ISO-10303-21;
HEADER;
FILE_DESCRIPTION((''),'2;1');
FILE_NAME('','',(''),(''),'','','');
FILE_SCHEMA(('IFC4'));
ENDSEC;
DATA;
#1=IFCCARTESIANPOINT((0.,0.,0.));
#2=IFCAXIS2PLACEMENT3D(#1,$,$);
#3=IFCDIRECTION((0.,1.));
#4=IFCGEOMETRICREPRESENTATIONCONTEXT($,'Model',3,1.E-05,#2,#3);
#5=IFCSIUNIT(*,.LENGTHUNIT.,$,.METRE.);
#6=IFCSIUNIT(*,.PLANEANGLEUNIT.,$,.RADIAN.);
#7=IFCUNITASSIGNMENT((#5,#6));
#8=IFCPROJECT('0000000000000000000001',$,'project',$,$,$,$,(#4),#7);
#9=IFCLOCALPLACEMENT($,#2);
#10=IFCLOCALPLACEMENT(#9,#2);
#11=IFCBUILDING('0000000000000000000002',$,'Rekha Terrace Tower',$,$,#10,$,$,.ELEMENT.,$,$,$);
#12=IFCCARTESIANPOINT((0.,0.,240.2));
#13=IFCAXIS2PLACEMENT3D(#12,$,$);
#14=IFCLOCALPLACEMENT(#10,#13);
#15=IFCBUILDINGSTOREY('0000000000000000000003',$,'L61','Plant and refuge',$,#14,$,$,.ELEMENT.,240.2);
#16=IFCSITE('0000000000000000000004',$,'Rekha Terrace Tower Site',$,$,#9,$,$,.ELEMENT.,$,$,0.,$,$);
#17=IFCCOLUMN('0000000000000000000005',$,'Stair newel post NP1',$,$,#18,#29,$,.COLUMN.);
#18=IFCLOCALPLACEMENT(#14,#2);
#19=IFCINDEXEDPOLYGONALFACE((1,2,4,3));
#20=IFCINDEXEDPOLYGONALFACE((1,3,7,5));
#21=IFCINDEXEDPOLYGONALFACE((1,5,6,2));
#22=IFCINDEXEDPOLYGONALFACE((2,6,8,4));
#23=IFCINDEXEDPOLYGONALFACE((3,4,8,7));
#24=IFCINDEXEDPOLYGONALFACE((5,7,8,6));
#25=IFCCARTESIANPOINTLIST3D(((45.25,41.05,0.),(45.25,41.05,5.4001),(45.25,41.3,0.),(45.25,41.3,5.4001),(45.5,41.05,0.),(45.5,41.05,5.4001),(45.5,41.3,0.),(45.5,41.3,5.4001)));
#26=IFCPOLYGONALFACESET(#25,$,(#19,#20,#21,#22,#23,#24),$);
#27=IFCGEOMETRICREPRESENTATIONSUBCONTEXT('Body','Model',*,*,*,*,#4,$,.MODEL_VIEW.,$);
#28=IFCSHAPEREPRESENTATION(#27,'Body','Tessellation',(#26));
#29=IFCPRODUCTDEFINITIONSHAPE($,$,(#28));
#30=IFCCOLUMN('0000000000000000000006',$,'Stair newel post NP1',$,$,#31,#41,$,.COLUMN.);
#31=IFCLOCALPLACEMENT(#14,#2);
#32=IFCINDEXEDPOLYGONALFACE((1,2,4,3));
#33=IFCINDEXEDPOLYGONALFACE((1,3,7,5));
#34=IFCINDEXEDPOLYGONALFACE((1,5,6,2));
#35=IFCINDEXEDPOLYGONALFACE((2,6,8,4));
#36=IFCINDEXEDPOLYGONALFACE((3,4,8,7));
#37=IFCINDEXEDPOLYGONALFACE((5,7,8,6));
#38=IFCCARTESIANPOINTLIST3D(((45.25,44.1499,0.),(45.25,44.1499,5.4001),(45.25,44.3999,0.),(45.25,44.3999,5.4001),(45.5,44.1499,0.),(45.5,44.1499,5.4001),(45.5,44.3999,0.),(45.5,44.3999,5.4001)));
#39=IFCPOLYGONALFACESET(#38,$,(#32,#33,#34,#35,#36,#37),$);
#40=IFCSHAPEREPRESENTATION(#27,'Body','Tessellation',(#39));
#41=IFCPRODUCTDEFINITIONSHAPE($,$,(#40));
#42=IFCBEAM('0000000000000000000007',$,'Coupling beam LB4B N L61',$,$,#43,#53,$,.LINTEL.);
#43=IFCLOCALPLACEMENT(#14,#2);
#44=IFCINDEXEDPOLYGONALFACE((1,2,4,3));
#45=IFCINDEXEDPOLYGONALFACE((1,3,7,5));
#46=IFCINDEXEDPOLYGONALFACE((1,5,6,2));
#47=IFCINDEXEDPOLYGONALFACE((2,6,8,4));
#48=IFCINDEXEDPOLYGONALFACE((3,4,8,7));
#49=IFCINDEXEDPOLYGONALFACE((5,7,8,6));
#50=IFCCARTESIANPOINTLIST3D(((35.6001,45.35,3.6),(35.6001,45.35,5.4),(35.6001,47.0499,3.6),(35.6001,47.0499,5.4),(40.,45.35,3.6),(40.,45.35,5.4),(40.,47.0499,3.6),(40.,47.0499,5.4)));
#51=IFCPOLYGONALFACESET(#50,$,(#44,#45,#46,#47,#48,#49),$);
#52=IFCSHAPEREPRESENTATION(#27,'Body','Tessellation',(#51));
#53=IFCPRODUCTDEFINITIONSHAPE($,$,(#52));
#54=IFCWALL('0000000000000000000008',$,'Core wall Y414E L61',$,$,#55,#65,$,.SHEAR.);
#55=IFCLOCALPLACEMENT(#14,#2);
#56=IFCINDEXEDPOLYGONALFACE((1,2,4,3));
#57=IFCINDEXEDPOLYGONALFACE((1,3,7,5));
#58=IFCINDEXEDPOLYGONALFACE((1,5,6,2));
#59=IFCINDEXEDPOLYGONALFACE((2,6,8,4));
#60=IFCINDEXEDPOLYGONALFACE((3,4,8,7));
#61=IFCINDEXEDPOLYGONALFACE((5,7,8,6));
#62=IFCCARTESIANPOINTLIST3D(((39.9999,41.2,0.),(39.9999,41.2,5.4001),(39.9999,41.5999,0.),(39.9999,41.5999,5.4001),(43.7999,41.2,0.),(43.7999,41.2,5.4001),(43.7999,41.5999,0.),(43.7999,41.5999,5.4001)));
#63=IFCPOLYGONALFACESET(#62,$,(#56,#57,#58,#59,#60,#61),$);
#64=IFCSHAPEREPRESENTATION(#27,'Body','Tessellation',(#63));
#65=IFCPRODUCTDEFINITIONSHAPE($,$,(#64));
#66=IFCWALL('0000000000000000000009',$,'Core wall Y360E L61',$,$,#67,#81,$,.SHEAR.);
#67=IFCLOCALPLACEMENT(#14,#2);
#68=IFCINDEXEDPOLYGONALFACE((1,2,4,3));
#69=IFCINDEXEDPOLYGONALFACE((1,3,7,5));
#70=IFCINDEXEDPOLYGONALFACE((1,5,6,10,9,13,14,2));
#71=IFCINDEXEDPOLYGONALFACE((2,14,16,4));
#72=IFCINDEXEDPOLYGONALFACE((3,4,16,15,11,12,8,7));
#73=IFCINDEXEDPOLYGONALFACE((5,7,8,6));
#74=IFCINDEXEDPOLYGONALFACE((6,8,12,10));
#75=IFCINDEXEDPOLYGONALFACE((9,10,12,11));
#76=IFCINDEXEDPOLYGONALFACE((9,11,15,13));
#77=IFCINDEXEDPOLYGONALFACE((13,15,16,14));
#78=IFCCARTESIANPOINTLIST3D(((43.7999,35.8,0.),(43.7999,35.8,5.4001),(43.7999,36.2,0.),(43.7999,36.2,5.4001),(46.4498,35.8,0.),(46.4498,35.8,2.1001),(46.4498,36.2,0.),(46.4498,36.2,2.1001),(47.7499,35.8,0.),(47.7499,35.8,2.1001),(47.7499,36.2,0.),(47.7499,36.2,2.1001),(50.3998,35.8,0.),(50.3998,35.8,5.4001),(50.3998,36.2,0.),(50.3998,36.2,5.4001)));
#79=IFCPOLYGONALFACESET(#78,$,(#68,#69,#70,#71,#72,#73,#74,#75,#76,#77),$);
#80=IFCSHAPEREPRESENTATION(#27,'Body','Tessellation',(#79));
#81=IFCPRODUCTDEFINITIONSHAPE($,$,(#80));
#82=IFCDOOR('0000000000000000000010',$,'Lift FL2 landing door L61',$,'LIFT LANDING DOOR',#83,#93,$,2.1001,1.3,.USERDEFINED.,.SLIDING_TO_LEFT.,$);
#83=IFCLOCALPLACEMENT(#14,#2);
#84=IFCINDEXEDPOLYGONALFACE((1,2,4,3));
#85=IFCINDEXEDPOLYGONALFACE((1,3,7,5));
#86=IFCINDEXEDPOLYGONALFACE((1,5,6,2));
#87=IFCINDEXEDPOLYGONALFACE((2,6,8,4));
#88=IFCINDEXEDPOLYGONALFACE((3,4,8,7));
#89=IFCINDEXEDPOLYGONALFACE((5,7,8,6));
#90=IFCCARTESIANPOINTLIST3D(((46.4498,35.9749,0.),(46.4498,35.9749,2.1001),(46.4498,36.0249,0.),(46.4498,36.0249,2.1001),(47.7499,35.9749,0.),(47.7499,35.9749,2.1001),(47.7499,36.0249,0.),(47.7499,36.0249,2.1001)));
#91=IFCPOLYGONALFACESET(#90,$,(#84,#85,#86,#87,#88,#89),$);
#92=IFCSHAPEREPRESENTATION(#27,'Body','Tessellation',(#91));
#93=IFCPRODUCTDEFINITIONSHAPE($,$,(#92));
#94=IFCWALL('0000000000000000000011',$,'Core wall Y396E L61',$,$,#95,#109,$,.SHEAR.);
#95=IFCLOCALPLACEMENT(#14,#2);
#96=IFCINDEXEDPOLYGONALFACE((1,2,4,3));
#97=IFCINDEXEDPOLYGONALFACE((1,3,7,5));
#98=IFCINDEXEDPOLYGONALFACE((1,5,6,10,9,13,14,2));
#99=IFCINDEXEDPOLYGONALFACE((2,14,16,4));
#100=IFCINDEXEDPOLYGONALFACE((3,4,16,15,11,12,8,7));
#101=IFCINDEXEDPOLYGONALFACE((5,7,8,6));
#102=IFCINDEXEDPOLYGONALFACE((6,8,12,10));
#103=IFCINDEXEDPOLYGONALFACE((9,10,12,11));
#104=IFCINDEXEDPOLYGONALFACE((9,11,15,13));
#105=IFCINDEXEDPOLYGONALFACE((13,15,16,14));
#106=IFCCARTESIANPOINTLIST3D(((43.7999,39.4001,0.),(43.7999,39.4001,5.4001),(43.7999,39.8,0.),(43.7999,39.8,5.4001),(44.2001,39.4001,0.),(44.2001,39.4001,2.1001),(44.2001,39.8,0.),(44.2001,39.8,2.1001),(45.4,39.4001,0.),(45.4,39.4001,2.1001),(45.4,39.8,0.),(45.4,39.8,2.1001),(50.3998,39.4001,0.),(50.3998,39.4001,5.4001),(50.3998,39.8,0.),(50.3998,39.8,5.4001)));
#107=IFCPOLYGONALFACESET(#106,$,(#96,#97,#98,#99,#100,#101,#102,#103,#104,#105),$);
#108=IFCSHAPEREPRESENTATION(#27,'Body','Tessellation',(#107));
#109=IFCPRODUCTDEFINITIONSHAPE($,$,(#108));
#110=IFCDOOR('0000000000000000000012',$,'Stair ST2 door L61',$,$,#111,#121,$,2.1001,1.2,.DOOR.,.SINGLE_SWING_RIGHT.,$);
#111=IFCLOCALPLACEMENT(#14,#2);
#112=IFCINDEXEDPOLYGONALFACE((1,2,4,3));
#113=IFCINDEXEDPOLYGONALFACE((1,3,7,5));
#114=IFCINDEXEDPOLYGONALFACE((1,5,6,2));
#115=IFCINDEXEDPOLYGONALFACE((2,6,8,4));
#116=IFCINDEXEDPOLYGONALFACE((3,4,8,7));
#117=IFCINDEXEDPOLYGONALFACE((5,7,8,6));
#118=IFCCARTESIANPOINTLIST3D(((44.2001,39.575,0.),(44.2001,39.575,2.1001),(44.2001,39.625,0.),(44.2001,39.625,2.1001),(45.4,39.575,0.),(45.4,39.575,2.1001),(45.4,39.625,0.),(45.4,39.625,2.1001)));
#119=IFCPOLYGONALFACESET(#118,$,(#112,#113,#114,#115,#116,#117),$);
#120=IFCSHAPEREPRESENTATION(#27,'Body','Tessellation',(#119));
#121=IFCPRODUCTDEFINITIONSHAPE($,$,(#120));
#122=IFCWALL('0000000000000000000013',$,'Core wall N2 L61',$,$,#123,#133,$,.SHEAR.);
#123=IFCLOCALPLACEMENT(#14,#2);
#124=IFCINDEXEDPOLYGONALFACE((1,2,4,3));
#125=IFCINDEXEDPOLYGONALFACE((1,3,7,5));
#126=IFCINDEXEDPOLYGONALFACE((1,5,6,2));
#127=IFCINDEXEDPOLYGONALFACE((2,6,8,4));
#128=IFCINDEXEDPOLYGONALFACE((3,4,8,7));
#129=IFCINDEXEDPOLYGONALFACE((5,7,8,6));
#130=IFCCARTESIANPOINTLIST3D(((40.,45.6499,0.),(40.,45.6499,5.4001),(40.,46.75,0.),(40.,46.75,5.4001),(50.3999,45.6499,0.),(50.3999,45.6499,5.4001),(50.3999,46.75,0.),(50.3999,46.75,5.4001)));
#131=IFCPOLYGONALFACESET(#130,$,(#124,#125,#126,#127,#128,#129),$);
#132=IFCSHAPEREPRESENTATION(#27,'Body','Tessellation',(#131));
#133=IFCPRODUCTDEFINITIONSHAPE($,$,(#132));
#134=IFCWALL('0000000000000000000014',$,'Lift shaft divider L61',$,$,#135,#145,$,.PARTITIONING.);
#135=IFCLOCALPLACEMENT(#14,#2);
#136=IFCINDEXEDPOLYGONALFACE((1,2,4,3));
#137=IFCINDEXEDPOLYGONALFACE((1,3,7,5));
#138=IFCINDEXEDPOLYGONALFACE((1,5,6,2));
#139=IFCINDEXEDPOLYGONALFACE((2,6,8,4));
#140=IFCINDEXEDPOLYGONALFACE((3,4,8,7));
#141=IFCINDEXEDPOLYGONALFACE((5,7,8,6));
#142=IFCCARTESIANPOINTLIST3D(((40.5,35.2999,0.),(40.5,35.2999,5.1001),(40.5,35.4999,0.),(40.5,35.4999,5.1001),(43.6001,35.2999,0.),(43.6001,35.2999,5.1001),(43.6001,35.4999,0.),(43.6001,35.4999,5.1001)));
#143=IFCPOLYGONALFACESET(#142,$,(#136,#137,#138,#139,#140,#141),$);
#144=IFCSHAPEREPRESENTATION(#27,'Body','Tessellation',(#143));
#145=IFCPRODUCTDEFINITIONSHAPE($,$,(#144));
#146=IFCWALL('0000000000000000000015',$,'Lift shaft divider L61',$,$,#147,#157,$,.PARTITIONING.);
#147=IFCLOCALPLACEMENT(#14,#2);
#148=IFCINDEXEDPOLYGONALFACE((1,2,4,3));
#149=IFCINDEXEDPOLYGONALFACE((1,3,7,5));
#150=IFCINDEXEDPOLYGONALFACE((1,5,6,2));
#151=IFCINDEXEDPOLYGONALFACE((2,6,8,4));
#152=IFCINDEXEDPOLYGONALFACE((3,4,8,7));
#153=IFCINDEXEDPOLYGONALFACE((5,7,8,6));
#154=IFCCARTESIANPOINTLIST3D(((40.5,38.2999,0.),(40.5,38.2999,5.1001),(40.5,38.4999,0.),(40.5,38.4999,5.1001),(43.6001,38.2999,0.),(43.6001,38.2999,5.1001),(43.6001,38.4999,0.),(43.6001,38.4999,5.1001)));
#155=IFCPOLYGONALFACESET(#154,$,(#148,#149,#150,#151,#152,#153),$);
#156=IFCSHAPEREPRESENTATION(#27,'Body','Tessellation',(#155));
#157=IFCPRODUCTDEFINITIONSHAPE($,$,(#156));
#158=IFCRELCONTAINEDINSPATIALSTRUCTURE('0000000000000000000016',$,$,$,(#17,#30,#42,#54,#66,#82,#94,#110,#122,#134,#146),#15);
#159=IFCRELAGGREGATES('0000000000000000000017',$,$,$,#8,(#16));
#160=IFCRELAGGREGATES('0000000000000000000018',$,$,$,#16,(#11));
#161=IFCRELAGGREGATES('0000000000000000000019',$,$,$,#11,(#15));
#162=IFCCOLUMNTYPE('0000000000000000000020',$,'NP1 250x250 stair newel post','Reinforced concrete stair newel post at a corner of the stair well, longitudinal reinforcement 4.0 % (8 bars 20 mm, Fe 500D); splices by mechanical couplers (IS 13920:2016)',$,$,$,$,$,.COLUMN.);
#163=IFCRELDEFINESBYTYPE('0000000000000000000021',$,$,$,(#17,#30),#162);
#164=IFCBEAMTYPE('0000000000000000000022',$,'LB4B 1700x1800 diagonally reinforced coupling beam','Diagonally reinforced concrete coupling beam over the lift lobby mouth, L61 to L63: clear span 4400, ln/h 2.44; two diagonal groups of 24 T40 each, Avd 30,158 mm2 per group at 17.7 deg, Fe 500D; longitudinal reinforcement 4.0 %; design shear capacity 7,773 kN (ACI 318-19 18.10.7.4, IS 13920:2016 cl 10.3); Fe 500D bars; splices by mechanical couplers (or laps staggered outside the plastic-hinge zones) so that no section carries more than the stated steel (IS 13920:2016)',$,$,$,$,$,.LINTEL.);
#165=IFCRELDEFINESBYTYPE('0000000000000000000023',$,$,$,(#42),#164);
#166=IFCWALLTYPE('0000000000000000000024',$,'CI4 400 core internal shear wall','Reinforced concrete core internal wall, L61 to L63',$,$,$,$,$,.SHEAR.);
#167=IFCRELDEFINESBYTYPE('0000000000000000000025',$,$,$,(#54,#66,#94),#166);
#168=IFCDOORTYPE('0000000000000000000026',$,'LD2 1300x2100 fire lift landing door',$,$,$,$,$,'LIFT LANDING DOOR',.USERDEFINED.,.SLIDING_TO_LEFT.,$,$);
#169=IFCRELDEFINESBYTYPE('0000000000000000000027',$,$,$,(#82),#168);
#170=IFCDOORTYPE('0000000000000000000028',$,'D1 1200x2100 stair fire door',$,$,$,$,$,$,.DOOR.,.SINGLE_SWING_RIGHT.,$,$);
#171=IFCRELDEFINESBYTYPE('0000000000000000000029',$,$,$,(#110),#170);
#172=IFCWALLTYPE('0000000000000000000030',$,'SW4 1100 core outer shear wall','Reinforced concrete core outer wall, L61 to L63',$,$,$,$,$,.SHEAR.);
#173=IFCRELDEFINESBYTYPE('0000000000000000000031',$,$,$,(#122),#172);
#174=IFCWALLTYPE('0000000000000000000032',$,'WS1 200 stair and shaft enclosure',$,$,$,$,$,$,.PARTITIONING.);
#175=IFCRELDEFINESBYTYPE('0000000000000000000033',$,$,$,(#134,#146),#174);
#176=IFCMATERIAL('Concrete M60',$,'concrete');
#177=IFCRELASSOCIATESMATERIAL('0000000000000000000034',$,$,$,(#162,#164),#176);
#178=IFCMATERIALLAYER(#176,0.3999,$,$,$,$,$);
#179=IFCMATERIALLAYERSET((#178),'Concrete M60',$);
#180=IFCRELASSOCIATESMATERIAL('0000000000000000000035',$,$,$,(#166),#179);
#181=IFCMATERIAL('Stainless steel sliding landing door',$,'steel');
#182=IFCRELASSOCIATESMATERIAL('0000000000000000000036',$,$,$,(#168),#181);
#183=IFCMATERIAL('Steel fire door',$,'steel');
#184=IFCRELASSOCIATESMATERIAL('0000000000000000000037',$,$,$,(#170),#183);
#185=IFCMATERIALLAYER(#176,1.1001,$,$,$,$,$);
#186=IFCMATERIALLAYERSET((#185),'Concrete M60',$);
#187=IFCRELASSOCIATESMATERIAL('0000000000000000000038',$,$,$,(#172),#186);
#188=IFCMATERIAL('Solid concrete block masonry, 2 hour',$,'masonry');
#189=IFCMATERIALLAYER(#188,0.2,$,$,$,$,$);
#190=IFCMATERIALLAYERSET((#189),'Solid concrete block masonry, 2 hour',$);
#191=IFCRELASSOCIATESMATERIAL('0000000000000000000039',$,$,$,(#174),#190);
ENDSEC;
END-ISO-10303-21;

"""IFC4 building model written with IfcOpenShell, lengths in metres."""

from ifc_helpers import new_model, si_unit, direction, frame, frame_2d, origin, origin_2d, place, context, subcontext, project, spatial, rectangle, extrude, material, layer, layer_set, material_profile, profile_set, type_object, element, fill, save


model = new_model("IFC4")

# Units and contexts
model_context = context("Model", 3, precision=1e-05, world=origin(), true_north=direction((0.0, 1.0)))
body_context = subcontext(model_context, "Body", "Model", "MODEL_VIEW")
ifc_project = project(units=[si_unit("LENGTHUNIT", "METRE"), si_unit("PLANEANGLEUNIT", "RADIAN")], contexts=[model_context])

# Site, building, storey
site_placement = place(None, origin())
site = spatial("IfcSite", under=ifc_project, at=site_placement, Name="Rekha Terrace Tower Site", CompositionType="ELEMENT", RefElevation=0.0)
building_placement = place(site_placement, origin())
building = spatial("IfcBuilding", under=site, at=building_placement, Name="Rekha Terrace Tower", CompositionType="ELEMENT")
storey_placement = place(building_placement, frame((0.0, 0.0, 240.2)))
storey = spatial("IfcBuildingStorey", under=building, at=storey_placement, Name="L61", Description="Plant and refuge", CompositionType="ELEMENT", Elevation=240.2)

# Columns
ifc_material_1 = material(Name="Concrete M60", Category="concrete")
ifc_material_profile_1 = material_profile(ifc_material_1, rectangle(XDim=0.25, YDim=0.25, at=origin_2d()), Name="RC 250x250")
ifc_profile_set_1 = profile_set([ifc_material_profile_1], Name="Concrete M60")
column_type = type_object("IfcColumnType", Name="NP1 250x250 stair newel post", Description="Reinforced concrete stair newel post at a corner of the stair well, longitudinal reinforcement 4.0 % (8 bars 20 mm, Fe 500D); splices by mechanical couplers (IS 13920:2016)", PredefinedType="COLUMN", material=ifc_profile_set_1)
for number, where, z_axis, x_axis, name in (
    (1, (45.375, 41.175, 0.0), (0.0, 0.0, 1.0), (1.0, 0.0, 0.0), "Stair newel post NP1"),
    (2, (45.375, 44.2749, 0.0), (0.0, 0.0, 1.0), (1.0, 0.0, 0.0), "Stair newel post NP1"),
):
    element("IfcColumn", number, at=place(storey_placement, frame(where, z_axis=z_axis, x_axis=x_axis)), inside=storey, type_object=column_type, Name=name, PredefinedType="COLUMN", context=body_context, shape_type="SweptSolid", body=[
        extrude(rectangle(XDim=0.25, YDim=0.25, at=origin_2d()), origin(), (0.0, 0.0, 1.0), 5.4001),
    ])

# Beam
ifc_material_profile_2 = material_profile(ifc_material_1, rectangle(XDim=1.7, YDim=1.8, at=origin_2d()), Name="RC 1700x1800")
ifc_profile_set_2 = profile_set([ifc_material_profile_2], Name="Concrete M60")
beam_type = type_object("IfcBeamType", Name="LB4B 1700x1800 diagonally reinforced coupling beam", Description="Diagonally reinforced concrete coupling beam over the lift lobby mouth, L61 to L63: clear span 4400, ln/h 2.44; two diagonal groups of 24 T40 each, Avd 30,158 mm2 per group at 17.7 deg, Fe 500D; longitudinal reinforcement 4.0 %; design shear capacity 7,773 kN (ACI 318-19 18.10.7.4, IS 13920:2016 cl 10.3); Fe 500D bars; splices by mechanical couplers (or laps staggered outside the plastic-hinge zones) so that no section carries more than the stated steel (IS 13920:2016)", PredefinedType="LINTEL", material=ifc_profile_set_2)
beam_placement = place(storey_placement, frame((35.6001, 46.2, 4.5), z_axis=(1.0, 0.0, 0.0), x_axis=(0.0, 1.0, 0.0)))
element("IfcBeam", 3, at=beam_placement, inside=storey, type_object=beam_type, Name="Coupling beam LB4B N L61", PredefinedType="LINTEL", context=body_context, shape_type="SweptSolid", body=[
    extrude(rectangle(XDim=1.7, YDim=1.8, at=origin_2d()), origin(), (0.0, 0.0, 1.0), 4.3999),
])

# Wall
ifc_layer_1 = layer(ifc_material_1, 0.3999)
ifc_layer_set_1 = layer_set([ifc_layer_1], Name="Concrete M60")
wall_type_1 = type_object("IfcWallType", Name="CI4 400 core internal shear wall", Description="Reinforced concrete core internal wall, L61 to L63", PredefinedType="SHEAR", material=ifc_layer_set_1)
wall_1_placement = place(storey_placement, frame((40.0, 41.3999, 0.0), z_axis=(0.0, 0.0, 1.0), x_axis=(1.0, 0.0, 0.0)))
element("IfcWall", 4, at=wall_1_placement, inside=storey, type_object=wall_type_1, Name="Core wall Y414E L61", PredefinedType="SHEAR", context=body_context, shape_type="SweptSolid", body=[
    extrude(rectangle(XDim=3.8, YDim=0.3999, at=frame_2d((1.8999, 0.0))), origin(), (0.0, 0.0, 1.0), 5.4001),
])

# Walls, openings, doors
wall_2_placement = place(storey_placement, frame((43.8, 36.0, 0.0), z_axis=(0.0, 0.0, 1.0), x_axis=(1.0, 0.0, 0.0)))
wall_2 = element("IfcWall", 5, at=wall_2_placement, inside=storey, type_object=wall_type_1, Name="Core wall Y360E L61", PredefinedType="SHEAR", context=body_context, shape_type="SweptSolid", body=[
    extrude(rectangle(XDim=6.5999, YDim=0.3999, at=frame_2d((3.2998, 0.0))), origin(), (0.0, 0.0, 1.0), 5.4001),
])
opening_1_placement = place(wall_2_placement, frame((2.6499, 0.0, 0.0)))
opening_1 = element("IfcOpeningElement", 6, at=opening_1_placement, cuts=wall_2, PredefinedType="OPENING", context=body_context, shape_type="SweptSolid", body=[
    extrude(rectangle(XDim=1.3, YDim=2.1001, at=frame_2d((0.6499, 1.05))), frame((0.0, 0.21, 0.0), z_axis=(0.0, -1.0, 0.0), x_axis=(1.0, 0.0, 0.0)), (0.0, 0.0, 1.0), 0.4199),
])
ifc_material_2 = material(Name="Stainless steel sliding landing door", Category="steel")
door_type_1 = type_object("IfcDoorType", Name="LD2 1300x2100 fire lift landing door", ElementType="LIFT LANDING DOOR", OperationType="SLIDING_TO_LEFT", PredefinedType="USERDEFINED", material=ifc_material_2)
door_1_placement = place(opening_1_placement, origin())
door_1 = element("IfcDoor", 7, at=door_1_placement, inside=storey, type_object=door_type_1, Name="Lift FL2 landing door L61", ObjectType="LIFT LANDING DOOR", OperationType="SLIDING_TO_LEFT", OverallHeight=2.1001, OverallWidth=1.3, PredefinedType="USERDEFINED", context=body_context, shape_type="SweptSolid", body=[
    extrude(rectangle(XDim=1.3, YDim=2.1001, at=frame_2d((0.6499, 1.05))), frame((0.0, 0.0249, 0.0), z_axis=(0.0, -1.0, 0.0), x_axis=(1.0, 0.0, 0.0)), (0.0, 0.0, 1.0), 0.05),
])
fill(opening_1, door_1)
wall_3_placement = place(storey_placement, frame((43.8, 39.6001, 0.0), z_axis=(0.0, 0.0, 1.0), x_axis=(1.0, 0.0, 0.0)))
wall_3 = element("IfcWall", 8, at=wall_3_placement, inside=storey, type_object=wall_type_1, Name="Core wall Y396E L61", PredefinedType="SHEAR", context=body_context, shape_type="SweptSolid", body=[
    extrude(rectangle(XDim=6.5999, YDim=0.3999, at=frame_2d((3.2998, 0.0))), origin(), (0.0, 0.0, 1.0), 5.4001),
])
opening_2_placement = place(wall_3_placement, frame((0.3999, 0.0, 0.0)))
opening_2 = element("IfcOpeningElement", 9, at=opening_2_placement, cuts=wall_3, PredefinedType="OPENING", context=body_context, shape_type="SweptSolid", body=[
    extrude(rectangle(XDim=1.2, YDim=2.1001, at=frame_2d((0.6001, 1.05))), frame((0.0, 0.21, 0.0), z_axis=(0.0, -1.0, 0.0), x_axis=(1.0, 0.0, 0.0)), (0.0, 0.0, 1.0), 0.4199),
])
ifc_material_3 = material(Name="Steel fire door", Category="steel")
door_type_2 = type_object("IfcDoorType", Name="D1 1200x2100 stair fire door", OperationType="SINGLE_SWING_RIGHT", PredefinedType="DOOR", material=ifc_material_3)
door_2_placement = place(opening_2_placement, origin())
door_2 = element("IfcDoor", 10, at=door_2_placement, inside=storey, type_object=door_type_2, Name="Stair ST2 door L61", OperationType="SINGLE_SWING_RIGHT", OverallHeight=2.1001, OverallWidth=1.2, PredefinedType="DOOR", context=body_context, shape_type="SweptSolid", body=[
    extrude(rectangle(XDim=1.2, YDim=2.1001, at=frame_2d((0.6001, 1.05))), frame((0.0, 0.0249, 0.0), z_axis=(0.0, -1.0, 0.0), x_axis=(1.0, 0.0, 0.0)), (0.0, 0.0, 1.0), 0.05),
])
fill(opening_2, door_2)

# Walls
ifc_layer_2 = layer(ifc_material_1, 1.1001)
ifc_layer_set_2 = layer_set([ifc_layer_2], Name="Concrete M60")
wall_type_2 = type_object("IfcWallType", Name="SW4 1100 core outer shear wall", Description="Reinforced concrete core outer wall, L61 to L63", PredefinedType="SHEAR", material=ifc_layer_set_2)
wall_4_placement = place(storey_placement, frame((40.0, 46.2, 0.0), z_axis=(0.0, 0.0, 1.0), x_axis=(1.0, 0.0, 0.0)))
element("IfcWall", 11, at=wall_4_placement, inside=storey, type_object=wall_type_2, Name="Core wall N2 L61", PredefinedType="SHEAR", context=body_context, shape_type="SweptSolid", body=[
    extrude(rectangle(XDim=10.3999, YDim=1.1001, at=frame_2d((5.2, 0.0))), origin(), (0.0, 0.0, 1.0), 5.4001),
])
ifc_material_4 = material(Name="Solid concrete block masonry, 2 hour", Category="masonry")
ifc_layer_3 = layer(ifc_material_4, 0.2)
ifc_layer_set_3 = layer_set([ifc_layer_3], Name="Solid concrete block masonry, 2 hour")
wall_type_3 = type_object("IfcWallType", Name="WS1 200 stair and shaft enclosure", PredefinedType="PARTITIONING", material=ifc_layer_set_3)
for number, where, z_axis, x_axis, name in (
    (12, (40.5, 35.3999, 0.0), (0.0, 0.0, 1.0), (1.0, 0.0, 0.0), "Lift shaft divider L61"),
    (13, (40.5, 38.3999, 0.0), (0.0, 0.0, 1.0), (1.0, 0.0, 0.0), "Lift shaft divider L61"),
):
    element("IfcWall", number, at=place(storey_placement, frame(where, z_axis=z_axis, x_axis=x_axis)), inside=storey, type_object=wall_type_3, Name=name, PredefinedType="PARTITIONING", context=body_context, shape_type="SweptSolid", body=[
        extrude(rectangle(XDim=3.1001, YDim=0.2, at=frame_2d((1.55, 0.0))), origin(), (0.0, 0.0, 1.0), 5.1001),
    ])

save(model, "model.ifc")
